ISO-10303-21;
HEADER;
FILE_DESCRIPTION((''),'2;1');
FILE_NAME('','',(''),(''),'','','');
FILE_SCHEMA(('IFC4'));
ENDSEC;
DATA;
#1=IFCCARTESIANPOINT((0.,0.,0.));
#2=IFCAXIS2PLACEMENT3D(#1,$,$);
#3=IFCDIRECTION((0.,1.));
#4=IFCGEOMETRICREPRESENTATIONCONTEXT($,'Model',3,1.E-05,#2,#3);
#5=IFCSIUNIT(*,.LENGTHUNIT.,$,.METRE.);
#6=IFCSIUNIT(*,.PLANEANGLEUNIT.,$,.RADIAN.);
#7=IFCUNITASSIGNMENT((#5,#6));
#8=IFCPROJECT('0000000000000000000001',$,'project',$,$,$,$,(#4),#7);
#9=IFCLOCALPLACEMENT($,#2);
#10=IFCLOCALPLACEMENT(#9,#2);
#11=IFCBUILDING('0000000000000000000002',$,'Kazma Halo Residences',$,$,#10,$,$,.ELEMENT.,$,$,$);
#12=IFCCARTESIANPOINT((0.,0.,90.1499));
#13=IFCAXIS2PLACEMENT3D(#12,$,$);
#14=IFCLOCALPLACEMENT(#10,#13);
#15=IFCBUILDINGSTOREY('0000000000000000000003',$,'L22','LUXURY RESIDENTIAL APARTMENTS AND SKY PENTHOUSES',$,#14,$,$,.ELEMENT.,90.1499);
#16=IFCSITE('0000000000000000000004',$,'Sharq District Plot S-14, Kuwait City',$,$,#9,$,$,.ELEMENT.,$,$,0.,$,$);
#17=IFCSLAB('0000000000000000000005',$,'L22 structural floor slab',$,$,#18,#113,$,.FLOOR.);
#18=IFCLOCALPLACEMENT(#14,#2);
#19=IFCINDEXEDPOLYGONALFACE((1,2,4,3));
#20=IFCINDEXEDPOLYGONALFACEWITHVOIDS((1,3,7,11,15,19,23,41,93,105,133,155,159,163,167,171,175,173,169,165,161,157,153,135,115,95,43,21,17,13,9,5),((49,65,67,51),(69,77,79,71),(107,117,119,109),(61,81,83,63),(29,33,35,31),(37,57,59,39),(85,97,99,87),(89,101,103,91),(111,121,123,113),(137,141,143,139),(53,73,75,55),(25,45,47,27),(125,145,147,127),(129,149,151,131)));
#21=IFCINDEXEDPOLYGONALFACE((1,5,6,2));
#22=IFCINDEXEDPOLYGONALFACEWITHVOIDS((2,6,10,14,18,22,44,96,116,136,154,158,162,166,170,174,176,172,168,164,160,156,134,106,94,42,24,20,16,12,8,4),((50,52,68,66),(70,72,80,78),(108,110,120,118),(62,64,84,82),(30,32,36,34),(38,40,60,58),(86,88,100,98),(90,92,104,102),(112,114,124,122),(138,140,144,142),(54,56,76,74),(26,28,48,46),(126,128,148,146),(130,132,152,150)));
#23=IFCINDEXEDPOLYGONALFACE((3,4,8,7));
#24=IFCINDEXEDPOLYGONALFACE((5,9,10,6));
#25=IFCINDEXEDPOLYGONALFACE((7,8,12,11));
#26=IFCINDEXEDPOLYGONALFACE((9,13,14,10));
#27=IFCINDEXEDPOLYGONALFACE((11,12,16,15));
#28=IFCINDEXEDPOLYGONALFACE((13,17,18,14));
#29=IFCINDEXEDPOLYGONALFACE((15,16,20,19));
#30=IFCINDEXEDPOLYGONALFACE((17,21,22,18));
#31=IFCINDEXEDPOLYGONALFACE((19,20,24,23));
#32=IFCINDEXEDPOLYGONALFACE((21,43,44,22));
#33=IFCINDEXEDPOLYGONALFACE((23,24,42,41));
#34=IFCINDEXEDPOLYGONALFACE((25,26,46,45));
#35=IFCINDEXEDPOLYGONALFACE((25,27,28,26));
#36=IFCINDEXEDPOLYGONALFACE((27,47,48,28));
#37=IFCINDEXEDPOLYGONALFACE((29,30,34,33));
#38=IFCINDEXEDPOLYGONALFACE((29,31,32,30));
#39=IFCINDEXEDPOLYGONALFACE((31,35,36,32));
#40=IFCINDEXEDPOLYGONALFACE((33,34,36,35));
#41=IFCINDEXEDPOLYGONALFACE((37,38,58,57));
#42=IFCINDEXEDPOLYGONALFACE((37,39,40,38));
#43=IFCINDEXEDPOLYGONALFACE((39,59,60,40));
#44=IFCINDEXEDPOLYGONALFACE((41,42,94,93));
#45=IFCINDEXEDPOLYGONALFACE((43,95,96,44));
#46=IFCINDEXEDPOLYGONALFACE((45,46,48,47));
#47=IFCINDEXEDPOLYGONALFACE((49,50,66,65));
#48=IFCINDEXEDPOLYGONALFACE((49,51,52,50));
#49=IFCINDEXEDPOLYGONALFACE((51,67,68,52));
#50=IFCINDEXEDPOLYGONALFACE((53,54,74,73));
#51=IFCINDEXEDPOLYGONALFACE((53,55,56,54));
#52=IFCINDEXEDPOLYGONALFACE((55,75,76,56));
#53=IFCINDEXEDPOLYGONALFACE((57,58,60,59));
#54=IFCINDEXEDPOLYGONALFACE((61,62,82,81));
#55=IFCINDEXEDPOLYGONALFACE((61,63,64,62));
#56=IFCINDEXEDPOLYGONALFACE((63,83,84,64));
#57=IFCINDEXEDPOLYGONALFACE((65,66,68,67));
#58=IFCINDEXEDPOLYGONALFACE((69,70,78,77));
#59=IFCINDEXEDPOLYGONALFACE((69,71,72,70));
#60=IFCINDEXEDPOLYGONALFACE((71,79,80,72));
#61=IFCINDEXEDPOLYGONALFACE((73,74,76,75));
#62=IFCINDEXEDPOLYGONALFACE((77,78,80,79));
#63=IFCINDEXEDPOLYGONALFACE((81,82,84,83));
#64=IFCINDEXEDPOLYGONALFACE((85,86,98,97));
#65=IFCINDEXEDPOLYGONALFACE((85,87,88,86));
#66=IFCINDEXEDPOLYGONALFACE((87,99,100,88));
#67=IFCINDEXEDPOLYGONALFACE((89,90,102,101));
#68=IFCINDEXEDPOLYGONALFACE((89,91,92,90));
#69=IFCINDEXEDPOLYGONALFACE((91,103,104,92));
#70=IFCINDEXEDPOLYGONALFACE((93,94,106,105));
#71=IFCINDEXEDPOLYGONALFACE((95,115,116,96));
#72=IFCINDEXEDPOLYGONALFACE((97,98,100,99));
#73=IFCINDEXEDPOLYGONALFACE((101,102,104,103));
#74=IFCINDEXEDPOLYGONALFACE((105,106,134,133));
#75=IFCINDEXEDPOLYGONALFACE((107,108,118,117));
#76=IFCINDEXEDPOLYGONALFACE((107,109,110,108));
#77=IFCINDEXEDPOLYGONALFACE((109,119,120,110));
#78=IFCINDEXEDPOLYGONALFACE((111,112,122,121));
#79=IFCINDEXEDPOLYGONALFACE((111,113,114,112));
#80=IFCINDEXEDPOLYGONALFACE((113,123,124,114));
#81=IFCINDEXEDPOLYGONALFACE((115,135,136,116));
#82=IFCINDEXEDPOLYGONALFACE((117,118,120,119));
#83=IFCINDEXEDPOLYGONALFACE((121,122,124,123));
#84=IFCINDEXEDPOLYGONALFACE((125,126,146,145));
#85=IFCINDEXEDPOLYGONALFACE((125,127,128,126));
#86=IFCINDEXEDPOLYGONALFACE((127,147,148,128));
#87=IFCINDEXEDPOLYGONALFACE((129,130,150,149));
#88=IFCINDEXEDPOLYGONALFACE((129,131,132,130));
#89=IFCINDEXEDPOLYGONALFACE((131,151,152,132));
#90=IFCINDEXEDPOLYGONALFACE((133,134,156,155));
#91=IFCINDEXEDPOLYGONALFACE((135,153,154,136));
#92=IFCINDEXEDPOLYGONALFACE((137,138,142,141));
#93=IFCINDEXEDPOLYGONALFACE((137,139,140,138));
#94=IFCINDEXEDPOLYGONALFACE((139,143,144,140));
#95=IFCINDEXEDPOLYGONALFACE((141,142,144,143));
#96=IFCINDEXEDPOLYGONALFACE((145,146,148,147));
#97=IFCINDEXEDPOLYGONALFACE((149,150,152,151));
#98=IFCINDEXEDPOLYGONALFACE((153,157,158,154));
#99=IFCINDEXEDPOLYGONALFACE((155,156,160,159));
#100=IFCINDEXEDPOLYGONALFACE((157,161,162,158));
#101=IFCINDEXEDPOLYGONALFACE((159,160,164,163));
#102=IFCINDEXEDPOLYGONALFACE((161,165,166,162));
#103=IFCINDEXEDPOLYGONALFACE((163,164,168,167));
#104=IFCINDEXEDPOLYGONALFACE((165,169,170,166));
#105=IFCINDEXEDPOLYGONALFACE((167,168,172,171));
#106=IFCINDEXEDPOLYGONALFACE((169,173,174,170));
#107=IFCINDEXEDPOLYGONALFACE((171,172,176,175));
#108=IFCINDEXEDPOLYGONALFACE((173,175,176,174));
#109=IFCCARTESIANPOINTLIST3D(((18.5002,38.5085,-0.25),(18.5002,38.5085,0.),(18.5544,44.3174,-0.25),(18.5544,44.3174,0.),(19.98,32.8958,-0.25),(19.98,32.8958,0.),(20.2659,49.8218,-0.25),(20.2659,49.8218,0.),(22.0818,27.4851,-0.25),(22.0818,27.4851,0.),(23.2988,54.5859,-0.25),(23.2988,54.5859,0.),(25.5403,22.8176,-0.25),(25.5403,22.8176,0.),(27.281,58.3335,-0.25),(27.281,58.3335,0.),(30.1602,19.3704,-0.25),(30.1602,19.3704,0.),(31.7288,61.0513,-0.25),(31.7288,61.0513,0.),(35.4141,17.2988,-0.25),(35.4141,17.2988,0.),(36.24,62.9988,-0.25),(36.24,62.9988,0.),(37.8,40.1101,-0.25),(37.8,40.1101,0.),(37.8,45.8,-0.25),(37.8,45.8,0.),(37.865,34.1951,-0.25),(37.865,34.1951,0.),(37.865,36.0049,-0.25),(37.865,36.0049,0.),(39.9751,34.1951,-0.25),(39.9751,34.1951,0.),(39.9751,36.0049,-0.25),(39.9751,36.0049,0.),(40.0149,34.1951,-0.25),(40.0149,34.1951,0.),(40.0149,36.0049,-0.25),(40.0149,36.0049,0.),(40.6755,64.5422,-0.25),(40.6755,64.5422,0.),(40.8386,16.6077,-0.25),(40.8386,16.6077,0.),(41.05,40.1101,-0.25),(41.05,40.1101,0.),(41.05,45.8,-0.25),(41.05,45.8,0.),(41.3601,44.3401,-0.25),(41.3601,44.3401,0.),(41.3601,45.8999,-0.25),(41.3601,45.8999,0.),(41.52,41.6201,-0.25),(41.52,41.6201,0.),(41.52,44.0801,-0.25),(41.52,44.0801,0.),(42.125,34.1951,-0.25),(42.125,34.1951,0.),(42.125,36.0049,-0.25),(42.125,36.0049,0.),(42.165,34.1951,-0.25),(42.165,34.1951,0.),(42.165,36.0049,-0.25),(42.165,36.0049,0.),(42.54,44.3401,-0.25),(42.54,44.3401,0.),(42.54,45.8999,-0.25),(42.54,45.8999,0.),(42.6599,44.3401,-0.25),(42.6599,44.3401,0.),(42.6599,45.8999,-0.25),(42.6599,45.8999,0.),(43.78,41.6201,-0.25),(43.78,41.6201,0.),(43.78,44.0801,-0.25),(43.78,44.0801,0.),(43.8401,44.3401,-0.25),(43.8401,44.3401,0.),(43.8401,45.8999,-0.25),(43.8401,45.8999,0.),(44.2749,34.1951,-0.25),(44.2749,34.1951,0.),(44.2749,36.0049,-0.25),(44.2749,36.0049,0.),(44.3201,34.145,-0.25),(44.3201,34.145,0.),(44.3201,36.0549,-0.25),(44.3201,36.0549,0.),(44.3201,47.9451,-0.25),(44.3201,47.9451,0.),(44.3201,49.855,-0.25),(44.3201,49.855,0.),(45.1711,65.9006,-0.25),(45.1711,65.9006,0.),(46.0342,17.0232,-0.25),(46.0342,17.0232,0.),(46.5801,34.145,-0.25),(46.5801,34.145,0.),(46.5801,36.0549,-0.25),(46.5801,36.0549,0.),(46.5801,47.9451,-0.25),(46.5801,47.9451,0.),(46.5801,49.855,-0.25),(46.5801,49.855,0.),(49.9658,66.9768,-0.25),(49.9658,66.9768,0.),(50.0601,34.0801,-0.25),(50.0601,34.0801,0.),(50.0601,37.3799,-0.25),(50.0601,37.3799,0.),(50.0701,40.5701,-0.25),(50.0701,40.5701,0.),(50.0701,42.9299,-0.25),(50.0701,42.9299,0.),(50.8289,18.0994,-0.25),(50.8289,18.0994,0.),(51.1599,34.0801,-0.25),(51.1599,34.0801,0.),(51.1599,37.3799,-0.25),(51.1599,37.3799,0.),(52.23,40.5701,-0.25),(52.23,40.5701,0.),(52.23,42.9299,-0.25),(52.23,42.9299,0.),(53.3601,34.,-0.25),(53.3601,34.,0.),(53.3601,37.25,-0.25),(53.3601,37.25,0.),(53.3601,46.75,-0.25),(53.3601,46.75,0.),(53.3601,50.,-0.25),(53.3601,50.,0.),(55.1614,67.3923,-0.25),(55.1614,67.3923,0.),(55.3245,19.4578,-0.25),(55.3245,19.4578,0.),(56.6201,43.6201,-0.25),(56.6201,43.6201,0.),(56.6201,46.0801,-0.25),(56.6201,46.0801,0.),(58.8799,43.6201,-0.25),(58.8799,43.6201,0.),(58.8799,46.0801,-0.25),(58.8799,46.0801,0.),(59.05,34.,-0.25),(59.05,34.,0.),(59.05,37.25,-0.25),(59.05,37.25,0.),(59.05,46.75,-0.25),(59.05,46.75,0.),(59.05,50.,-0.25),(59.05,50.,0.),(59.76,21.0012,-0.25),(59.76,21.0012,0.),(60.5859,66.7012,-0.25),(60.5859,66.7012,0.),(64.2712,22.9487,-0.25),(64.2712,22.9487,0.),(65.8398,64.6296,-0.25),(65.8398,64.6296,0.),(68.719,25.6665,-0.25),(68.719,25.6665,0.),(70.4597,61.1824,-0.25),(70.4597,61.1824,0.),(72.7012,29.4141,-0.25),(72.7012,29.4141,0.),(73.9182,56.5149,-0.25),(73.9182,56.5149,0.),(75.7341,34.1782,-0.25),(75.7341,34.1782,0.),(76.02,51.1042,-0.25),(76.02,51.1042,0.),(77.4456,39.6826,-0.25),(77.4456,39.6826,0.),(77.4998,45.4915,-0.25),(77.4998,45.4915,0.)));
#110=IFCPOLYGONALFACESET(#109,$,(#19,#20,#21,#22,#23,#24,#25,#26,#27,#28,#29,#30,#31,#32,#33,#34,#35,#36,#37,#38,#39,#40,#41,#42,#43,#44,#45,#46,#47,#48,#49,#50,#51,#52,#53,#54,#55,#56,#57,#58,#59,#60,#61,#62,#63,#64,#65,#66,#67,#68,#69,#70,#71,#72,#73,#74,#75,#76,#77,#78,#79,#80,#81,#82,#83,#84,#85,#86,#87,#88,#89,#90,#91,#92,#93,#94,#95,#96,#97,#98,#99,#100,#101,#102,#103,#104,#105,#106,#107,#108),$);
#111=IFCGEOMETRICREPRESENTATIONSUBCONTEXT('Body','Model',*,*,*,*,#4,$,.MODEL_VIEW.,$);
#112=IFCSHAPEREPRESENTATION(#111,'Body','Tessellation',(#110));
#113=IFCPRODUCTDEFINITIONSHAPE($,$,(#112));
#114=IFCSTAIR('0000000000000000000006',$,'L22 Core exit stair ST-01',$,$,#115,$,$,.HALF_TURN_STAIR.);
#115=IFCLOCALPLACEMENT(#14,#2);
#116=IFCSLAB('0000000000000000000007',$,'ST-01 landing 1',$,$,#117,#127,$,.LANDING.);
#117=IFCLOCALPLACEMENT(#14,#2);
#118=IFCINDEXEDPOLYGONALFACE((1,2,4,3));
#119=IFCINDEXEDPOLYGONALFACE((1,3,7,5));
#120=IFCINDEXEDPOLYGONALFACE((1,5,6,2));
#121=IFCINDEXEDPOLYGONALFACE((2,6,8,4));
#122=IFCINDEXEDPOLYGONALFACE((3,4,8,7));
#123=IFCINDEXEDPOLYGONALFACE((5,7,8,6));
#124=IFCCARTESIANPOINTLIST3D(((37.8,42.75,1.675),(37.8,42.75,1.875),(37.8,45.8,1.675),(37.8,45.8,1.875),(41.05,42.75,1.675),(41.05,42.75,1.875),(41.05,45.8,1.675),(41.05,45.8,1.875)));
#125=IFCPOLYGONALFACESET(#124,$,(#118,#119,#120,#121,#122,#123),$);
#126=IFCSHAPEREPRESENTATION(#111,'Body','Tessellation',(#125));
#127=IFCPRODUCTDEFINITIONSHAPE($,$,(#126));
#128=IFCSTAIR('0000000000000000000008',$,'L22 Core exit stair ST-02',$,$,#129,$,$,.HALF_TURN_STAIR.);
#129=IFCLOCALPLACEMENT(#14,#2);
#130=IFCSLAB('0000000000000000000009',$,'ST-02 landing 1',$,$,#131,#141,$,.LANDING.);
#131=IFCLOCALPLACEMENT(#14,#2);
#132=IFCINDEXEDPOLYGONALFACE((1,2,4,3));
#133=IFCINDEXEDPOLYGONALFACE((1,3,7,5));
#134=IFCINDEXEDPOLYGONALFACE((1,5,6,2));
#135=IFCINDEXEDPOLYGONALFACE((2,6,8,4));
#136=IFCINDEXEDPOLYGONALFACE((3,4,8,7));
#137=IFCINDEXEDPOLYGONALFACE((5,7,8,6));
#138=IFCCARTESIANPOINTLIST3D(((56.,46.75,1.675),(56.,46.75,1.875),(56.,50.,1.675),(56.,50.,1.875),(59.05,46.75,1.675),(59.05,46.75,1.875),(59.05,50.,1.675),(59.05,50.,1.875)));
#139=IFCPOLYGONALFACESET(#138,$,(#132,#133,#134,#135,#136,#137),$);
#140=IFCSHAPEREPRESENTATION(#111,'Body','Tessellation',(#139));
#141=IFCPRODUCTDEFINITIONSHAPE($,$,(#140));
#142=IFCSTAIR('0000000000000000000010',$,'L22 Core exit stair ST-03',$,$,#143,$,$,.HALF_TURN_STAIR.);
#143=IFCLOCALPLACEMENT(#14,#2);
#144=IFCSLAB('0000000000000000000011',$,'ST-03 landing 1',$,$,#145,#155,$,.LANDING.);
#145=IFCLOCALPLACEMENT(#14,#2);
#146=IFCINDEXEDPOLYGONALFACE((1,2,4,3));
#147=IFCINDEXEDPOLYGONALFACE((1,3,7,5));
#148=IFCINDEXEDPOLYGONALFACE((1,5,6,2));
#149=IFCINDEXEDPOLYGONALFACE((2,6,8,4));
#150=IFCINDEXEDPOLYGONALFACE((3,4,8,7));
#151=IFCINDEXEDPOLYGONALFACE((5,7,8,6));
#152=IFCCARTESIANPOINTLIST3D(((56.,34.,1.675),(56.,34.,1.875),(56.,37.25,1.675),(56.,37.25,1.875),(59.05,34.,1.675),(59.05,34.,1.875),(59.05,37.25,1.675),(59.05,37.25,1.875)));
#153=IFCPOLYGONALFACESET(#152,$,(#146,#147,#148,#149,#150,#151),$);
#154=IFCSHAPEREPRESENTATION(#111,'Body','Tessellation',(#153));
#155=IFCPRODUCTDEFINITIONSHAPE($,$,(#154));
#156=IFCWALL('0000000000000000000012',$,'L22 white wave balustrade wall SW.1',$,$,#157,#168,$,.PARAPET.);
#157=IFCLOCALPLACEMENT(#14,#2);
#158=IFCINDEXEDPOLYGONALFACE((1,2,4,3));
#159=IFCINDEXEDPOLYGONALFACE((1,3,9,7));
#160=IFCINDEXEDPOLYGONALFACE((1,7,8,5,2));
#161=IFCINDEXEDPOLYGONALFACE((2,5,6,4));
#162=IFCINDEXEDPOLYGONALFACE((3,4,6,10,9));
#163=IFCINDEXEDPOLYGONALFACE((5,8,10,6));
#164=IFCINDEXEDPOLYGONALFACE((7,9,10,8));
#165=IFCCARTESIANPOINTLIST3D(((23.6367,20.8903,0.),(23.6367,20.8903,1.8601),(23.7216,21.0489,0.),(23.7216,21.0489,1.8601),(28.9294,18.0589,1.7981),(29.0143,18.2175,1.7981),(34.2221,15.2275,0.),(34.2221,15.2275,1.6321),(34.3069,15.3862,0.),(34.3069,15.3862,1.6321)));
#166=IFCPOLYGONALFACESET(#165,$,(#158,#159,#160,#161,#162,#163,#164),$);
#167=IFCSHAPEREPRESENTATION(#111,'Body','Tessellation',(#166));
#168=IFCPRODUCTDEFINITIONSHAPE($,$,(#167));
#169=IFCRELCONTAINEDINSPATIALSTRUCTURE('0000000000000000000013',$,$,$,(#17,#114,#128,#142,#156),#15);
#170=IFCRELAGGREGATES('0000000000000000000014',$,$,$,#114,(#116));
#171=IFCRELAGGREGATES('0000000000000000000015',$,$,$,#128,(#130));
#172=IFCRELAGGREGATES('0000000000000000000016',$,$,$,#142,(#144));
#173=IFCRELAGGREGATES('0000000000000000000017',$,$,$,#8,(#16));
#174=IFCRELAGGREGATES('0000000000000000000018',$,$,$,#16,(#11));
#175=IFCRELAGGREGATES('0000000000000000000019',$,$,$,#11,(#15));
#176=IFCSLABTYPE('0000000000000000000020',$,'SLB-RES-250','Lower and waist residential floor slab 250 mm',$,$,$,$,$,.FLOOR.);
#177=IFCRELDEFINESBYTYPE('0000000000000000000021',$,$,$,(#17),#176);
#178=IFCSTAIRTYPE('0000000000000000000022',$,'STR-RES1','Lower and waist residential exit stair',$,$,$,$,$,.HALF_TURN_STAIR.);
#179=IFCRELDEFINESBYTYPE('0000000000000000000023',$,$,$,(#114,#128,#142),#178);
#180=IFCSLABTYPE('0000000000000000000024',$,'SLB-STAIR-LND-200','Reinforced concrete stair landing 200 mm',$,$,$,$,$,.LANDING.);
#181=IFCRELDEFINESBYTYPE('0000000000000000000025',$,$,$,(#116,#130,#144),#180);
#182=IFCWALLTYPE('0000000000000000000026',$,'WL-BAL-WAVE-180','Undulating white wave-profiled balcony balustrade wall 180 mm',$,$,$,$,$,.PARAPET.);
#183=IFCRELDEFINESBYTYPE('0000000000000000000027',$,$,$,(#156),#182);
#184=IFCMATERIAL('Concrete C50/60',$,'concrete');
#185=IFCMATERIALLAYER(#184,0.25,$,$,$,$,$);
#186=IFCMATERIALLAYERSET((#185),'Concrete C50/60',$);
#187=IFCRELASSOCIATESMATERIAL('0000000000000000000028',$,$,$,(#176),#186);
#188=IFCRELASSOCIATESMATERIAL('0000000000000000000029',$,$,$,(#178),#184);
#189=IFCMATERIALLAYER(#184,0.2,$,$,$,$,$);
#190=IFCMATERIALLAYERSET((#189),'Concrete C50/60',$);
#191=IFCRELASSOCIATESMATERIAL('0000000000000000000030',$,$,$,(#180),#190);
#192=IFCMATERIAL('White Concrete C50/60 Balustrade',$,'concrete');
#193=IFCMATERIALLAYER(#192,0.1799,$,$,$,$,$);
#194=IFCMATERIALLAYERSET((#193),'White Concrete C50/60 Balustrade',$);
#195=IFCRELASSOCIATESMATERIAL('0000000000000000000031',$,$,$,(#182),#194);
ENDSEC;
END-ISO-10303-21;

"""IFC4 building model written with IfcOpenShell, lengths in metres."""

from ifc_helpers import new_model, si_unit, direction, frame, origin, place, context, subcontext, project, spatial, polyline, outline, extrude, material, layer, layer_set, type_object, element, aggregate, save


model = new_model("IFC4")

# Units and contexts
model_context = context("Model", 3, precision=1e-05, world=origin(), true_north=direction((0.0, 1.0)))
body_context = subcontext(model_context, "Body", "Model", "MODEL_VIEW")
ifc_project = project(units=[si_unit("LENGTHUNIT", "METRE"), si_unit("PLANEANGLEUNIT", "RADIAN")], contexts=[model_context])

# Site, building, storey
site_placement = place(None, origin())
site = spatial("IfcSite", under=ifc_project, at=site_placement, Name="Sharq District Plot S-14, Kuwait City", CompositionType="ELEMENT", RefElevation=0.0)
building_placement = place(site_placement, origin())
building = spatial("IfcBuilding", under=site, at=building_placement, Name="Kazma Halo Residences", CompositionType="ELEMENT")
storey_placement = place(building_placement, frame((0.0, 0.0, 90.1499)))
storey = spatial("IfcBuildingStorey", under=building, at=storey_placement, Name="L22", Description="LUXURY RESIDENTIAL APARTMENTS AND SKY PENTHOUSES", CompositionType="ELEMENT", Elevation=90.1499)

# Slab
ifc_material_1 = material(Name="Concrete C50/60", Category="concrete")
ifc_layer_1 = layer(ifc_material_1, 0.25)
ifc_layer_set_1 = layer_set([ifc_layer_1], Name="Concrete C50/60")
slab_type_1 = type_object("IfcSlabType", Name="SLB-RES-250", Description="Lower and waist residential floor slab 250 mm", PredefinedType="FLOOR", material=ifc_layer_set_1)
slab_1_placement = place(storey_placement, frame((0.0, 0.0, -0.25)))
element("IfcSlab", 1, at=slab_1_placement, inside=storey, type_object=slab_type_1, Name="L22 structural floor slab", PredefinedType="FLOOR", context=body_context, shape_type="SweptSolid", body=[
    extrude(outline(polyline([(76.02, 51.1042), (73.9182, 56.5149), (70.4597, 61.1824), (65.8398, 64.6296), (60.5859, 66.7012), (55.1614, 67.3923), (49.9658, 66.9768), (45.1711, 65.9006), (40.6755, 64.5422), (36.24, 62.9988), (31.7288, 61.0513), (27.281, 58.3335), (23.2988, 54.5859), (20.2659, 49.8218), (18.5544, 44.3174), (18.5002, 38.5085), (19.98, 32.8958), (22.0818, 27.4851), (25.5403, 22.8176), (30.1602, 19.3704), (35.4141, 17.2988), (40.8386, 16.6077), (46.0342, 17.0232), (50.8289, 18.0994), (55.3245, 19.4578), (59.76, 21.0012), (64.2712, 22.9487), (68.719, 25.6665), (72.7012, 29.4141), (75.7341, 34.1782), (77.4456, 39.6826), (77.4998, 45.4915), (76.02, 51.1042)]), holes=[polyline([(37.8, 40.1101), (41.05, 40.1101), (41.05, 45.8), (37.8, 45.8), (37.8, 40.1101)]), polyline([(53.3601, 46.75), (59.05, 46.75), (59.05, 50.0), (53.3601, 50.0), (53.3601, 46.75)]), polyline([(53.3601, 34.0), (59.05, 34.0), (59.05, 37.25), (53.3601, 37.25), (53.3601, 34.0)]), polyline([(41.52, 41.6201), (43.78, 41.6201), (43.78, 44.0801), (41.52, 44.0801), (41.52, 41.6201)]), polyline([(56.6201, 43.6201), (58.8799, 43.6201), (58.8799, 46.0801), (56.6201, 46.0801), (56.6201, 43.6201)]), polyline([(37.865, 34.1951), (39.9751, 34.1951), (39.9751, 36.0049), (37.865, 36.0049), (37.865, 34.1951)]), polyline([(40.0149, 34.1951), (42.125, 34.1951), (42.125, 36.0049), (40.0149, 36.0049), (40.0149, 34.1951)]), polyline([(42.165, 34.1951), (44.2749, 34.1951), (44.2749, 36.0049), (42.165, 36.0049), (42.165, 34.1951)]), polyline([(44.3201, 47.9451), (46.5801, 47.9451), (46.5801, 49.855), (44.3201, 49.855), (44.3201, 47.9451)]), polyline([(44.3201, 34.145), (46.5801, 34.145), (46.5801, 36.0549), (44.3201, 36.0549), (44.3201, 34.145)]), polyline([(50.0701, 40.5701), (52.23, 40.5701), (52.23, 42.9299), (50.0701, 42.9299), (50.0701, 40.5701)]), polyline([(41.3601, 44.3401), (42.54, 44.3401), (42.54, 45.8999), (41.3601, 45.8999), (41.3601, 44.3401)]), polyline([(42.6599, 44.3401), (43.8401, 44.3401), (43.8401, 45.8999), (42.6599, 45.8999), (42.6599, 44.3401)]), polyline([(50.0601, 34.0801), (51.1599, 34.0801), (51.1599, 37.3799), (50.0601, 37.3799), (50.0601, 34.0801)])]), origin(), (0.0, 0.0, 1.0), 0.25),
])

# Stairs, slabs
stair_type = type_object("IfcStairType", Name="STR-RES1", Description="Lower and waist residential exit stair", PredefinedType="HALF_TURN_STAIR", material=ifc_material_1)
stair_1_placement = place(storey_placement, origin())
stair_1 = element("IfcStair", 2, at=stair_1_placement, inside=storey, type_object=stair_type, Name="L22 Core exit stair ST-01", PredefinedType="HALF_TURN_STAIR")
ifc_layer_2 = layer(ifc_material_1, 0.2)
ifc_layer_set_2 = layer_set([ifc_layer_2], Name="Concrete C50/60")
slab_type_2 = type_object("IfcSlabType", Name="SLB-STAIR-LND-200", Description="Reinforced concrete stair landing 200 mm", PredefinedType="LANDING", material=ifc_layer_set_2)
slab_2_placement = place(storey_placement, frame((0.0, 0.0, 1.675)))
slab_2 = element("IfcSlab", 3, at=slab_2_placement, type_object=slab_type_2, Name="ST-01 landing 1", PredefinedType="LANDING", context=body_context, shape_type="SweptSolid", body=[
    extrude(outline(polyline([(41.05, 42.75), (41.05, 45.8), (37.8, 45.8), (37.8, 42.75), (41.05, 42.75)])), origin(), (0.0, 0.0, 1.0), 0.2),
])
aggregate(stair_1, [slab_2])
stair_2_placement = place(storey_placement, origin())
stair_2 = element("IfcStair", 4, at=stair_2_placement, inside=storey, type_object=stair_type, Name="L22 Core exit stair ST-02", PredefinedType="HALF_TURN_STAIR")
slab_3_placement = place(storey_placement, frame((0.0, 0.0, 1.675)))
slab_3 = element("IfcSlab", 5, at=slab_3_placement, type_object=slab_type_2, Name="ST-02 landing 1", PredefinedType="LANDING", context=body_context, shape_type="SweptSolid", body=[
    extrude(outline(polyline([(56.0, 46.75), (59.05, 46.75), (59.05, 50.0), (56.0, 50.0), (56.0, 46.75)])), origin(), (0.0, 0.0, 1.0), 0.2),
])
aggregate(stair_2, [slab_3])
stair_3_placement = place(storey_placement, origin())
stair_3 = element("IfcStair", 6, at=stair_3_placement, inside=storey, type_object=stair_type, Name="L22 Core exit stair ST-03", PredefinedType="HALF_TURN_STAIR")
slab_4_placement = place(storey_placement, frame((0.0, 0.0, 1.675)))
slab_4 = element("IfcSlab", 7, at=slab_4_placement, type_object=slab_type_2, Name="ST-03 landing 1", PredefinedType="LANDING", context=body_context, shape_type="SweptSolid", body=[
    extrude(outline(polyline([(56.0, 34.0), (59.05, 34.0), (59.05, 37.25), (56.0, 37.25), (56.0, 34.0)])), origin(), (0.0, 0.0, 1.0), 0.2),
])
aggregate(stair_3, [slab_4])

# Wall
ifc_material_2 = material(Name="White Concrete C50/60 Balustrade", Category="concrete")
ifc_layer_3 = layer(ifc_material_2, 0.1799)
ifc_layer_set_3 = layer_set([ifc_layer_3], Name="White Concrete C50/60 Balustrade")
wall_type_1 = type_object("IfcWallType", Name="WL-BAL-WAVE-180", Description="Undulating white wave-profiled balcony balustrade wall 180 mm", PredefinedType="PARAPET", material=ifc_layer_set_3)
wall_1_placement = place(storey_placement, frame((23.6792, 20.9697, 0.0), z_axis=(0.0, 0.0, 1.0), x_axis=(0.881755, -0.471708, 0.0)))
element("IfcWall", 8, at=wall_1_placement, inside=storey, type_object=wall_type_1, Name="L22 white wave balustrade wall SW.1", PredefinedType="PARAPET", context=body_context, shape_type="SweptSolid", body=[
    extrude(outline(polyline([(0.0, 0.0), (12.0049, 0.0), (12.0049, 1.6321), (6.0024, 1.7981), (0.0, 1.8601), (0.0, 0.0)])), frame((0.0, 0.0898, 0.0), z_axis=(0.0, -1.0, 0.0), x_axis=(1.0, 0.0, 0.0)), (0.0, 0.0, 1.0), 0.1799),
])

save(model, "model.ifc")
